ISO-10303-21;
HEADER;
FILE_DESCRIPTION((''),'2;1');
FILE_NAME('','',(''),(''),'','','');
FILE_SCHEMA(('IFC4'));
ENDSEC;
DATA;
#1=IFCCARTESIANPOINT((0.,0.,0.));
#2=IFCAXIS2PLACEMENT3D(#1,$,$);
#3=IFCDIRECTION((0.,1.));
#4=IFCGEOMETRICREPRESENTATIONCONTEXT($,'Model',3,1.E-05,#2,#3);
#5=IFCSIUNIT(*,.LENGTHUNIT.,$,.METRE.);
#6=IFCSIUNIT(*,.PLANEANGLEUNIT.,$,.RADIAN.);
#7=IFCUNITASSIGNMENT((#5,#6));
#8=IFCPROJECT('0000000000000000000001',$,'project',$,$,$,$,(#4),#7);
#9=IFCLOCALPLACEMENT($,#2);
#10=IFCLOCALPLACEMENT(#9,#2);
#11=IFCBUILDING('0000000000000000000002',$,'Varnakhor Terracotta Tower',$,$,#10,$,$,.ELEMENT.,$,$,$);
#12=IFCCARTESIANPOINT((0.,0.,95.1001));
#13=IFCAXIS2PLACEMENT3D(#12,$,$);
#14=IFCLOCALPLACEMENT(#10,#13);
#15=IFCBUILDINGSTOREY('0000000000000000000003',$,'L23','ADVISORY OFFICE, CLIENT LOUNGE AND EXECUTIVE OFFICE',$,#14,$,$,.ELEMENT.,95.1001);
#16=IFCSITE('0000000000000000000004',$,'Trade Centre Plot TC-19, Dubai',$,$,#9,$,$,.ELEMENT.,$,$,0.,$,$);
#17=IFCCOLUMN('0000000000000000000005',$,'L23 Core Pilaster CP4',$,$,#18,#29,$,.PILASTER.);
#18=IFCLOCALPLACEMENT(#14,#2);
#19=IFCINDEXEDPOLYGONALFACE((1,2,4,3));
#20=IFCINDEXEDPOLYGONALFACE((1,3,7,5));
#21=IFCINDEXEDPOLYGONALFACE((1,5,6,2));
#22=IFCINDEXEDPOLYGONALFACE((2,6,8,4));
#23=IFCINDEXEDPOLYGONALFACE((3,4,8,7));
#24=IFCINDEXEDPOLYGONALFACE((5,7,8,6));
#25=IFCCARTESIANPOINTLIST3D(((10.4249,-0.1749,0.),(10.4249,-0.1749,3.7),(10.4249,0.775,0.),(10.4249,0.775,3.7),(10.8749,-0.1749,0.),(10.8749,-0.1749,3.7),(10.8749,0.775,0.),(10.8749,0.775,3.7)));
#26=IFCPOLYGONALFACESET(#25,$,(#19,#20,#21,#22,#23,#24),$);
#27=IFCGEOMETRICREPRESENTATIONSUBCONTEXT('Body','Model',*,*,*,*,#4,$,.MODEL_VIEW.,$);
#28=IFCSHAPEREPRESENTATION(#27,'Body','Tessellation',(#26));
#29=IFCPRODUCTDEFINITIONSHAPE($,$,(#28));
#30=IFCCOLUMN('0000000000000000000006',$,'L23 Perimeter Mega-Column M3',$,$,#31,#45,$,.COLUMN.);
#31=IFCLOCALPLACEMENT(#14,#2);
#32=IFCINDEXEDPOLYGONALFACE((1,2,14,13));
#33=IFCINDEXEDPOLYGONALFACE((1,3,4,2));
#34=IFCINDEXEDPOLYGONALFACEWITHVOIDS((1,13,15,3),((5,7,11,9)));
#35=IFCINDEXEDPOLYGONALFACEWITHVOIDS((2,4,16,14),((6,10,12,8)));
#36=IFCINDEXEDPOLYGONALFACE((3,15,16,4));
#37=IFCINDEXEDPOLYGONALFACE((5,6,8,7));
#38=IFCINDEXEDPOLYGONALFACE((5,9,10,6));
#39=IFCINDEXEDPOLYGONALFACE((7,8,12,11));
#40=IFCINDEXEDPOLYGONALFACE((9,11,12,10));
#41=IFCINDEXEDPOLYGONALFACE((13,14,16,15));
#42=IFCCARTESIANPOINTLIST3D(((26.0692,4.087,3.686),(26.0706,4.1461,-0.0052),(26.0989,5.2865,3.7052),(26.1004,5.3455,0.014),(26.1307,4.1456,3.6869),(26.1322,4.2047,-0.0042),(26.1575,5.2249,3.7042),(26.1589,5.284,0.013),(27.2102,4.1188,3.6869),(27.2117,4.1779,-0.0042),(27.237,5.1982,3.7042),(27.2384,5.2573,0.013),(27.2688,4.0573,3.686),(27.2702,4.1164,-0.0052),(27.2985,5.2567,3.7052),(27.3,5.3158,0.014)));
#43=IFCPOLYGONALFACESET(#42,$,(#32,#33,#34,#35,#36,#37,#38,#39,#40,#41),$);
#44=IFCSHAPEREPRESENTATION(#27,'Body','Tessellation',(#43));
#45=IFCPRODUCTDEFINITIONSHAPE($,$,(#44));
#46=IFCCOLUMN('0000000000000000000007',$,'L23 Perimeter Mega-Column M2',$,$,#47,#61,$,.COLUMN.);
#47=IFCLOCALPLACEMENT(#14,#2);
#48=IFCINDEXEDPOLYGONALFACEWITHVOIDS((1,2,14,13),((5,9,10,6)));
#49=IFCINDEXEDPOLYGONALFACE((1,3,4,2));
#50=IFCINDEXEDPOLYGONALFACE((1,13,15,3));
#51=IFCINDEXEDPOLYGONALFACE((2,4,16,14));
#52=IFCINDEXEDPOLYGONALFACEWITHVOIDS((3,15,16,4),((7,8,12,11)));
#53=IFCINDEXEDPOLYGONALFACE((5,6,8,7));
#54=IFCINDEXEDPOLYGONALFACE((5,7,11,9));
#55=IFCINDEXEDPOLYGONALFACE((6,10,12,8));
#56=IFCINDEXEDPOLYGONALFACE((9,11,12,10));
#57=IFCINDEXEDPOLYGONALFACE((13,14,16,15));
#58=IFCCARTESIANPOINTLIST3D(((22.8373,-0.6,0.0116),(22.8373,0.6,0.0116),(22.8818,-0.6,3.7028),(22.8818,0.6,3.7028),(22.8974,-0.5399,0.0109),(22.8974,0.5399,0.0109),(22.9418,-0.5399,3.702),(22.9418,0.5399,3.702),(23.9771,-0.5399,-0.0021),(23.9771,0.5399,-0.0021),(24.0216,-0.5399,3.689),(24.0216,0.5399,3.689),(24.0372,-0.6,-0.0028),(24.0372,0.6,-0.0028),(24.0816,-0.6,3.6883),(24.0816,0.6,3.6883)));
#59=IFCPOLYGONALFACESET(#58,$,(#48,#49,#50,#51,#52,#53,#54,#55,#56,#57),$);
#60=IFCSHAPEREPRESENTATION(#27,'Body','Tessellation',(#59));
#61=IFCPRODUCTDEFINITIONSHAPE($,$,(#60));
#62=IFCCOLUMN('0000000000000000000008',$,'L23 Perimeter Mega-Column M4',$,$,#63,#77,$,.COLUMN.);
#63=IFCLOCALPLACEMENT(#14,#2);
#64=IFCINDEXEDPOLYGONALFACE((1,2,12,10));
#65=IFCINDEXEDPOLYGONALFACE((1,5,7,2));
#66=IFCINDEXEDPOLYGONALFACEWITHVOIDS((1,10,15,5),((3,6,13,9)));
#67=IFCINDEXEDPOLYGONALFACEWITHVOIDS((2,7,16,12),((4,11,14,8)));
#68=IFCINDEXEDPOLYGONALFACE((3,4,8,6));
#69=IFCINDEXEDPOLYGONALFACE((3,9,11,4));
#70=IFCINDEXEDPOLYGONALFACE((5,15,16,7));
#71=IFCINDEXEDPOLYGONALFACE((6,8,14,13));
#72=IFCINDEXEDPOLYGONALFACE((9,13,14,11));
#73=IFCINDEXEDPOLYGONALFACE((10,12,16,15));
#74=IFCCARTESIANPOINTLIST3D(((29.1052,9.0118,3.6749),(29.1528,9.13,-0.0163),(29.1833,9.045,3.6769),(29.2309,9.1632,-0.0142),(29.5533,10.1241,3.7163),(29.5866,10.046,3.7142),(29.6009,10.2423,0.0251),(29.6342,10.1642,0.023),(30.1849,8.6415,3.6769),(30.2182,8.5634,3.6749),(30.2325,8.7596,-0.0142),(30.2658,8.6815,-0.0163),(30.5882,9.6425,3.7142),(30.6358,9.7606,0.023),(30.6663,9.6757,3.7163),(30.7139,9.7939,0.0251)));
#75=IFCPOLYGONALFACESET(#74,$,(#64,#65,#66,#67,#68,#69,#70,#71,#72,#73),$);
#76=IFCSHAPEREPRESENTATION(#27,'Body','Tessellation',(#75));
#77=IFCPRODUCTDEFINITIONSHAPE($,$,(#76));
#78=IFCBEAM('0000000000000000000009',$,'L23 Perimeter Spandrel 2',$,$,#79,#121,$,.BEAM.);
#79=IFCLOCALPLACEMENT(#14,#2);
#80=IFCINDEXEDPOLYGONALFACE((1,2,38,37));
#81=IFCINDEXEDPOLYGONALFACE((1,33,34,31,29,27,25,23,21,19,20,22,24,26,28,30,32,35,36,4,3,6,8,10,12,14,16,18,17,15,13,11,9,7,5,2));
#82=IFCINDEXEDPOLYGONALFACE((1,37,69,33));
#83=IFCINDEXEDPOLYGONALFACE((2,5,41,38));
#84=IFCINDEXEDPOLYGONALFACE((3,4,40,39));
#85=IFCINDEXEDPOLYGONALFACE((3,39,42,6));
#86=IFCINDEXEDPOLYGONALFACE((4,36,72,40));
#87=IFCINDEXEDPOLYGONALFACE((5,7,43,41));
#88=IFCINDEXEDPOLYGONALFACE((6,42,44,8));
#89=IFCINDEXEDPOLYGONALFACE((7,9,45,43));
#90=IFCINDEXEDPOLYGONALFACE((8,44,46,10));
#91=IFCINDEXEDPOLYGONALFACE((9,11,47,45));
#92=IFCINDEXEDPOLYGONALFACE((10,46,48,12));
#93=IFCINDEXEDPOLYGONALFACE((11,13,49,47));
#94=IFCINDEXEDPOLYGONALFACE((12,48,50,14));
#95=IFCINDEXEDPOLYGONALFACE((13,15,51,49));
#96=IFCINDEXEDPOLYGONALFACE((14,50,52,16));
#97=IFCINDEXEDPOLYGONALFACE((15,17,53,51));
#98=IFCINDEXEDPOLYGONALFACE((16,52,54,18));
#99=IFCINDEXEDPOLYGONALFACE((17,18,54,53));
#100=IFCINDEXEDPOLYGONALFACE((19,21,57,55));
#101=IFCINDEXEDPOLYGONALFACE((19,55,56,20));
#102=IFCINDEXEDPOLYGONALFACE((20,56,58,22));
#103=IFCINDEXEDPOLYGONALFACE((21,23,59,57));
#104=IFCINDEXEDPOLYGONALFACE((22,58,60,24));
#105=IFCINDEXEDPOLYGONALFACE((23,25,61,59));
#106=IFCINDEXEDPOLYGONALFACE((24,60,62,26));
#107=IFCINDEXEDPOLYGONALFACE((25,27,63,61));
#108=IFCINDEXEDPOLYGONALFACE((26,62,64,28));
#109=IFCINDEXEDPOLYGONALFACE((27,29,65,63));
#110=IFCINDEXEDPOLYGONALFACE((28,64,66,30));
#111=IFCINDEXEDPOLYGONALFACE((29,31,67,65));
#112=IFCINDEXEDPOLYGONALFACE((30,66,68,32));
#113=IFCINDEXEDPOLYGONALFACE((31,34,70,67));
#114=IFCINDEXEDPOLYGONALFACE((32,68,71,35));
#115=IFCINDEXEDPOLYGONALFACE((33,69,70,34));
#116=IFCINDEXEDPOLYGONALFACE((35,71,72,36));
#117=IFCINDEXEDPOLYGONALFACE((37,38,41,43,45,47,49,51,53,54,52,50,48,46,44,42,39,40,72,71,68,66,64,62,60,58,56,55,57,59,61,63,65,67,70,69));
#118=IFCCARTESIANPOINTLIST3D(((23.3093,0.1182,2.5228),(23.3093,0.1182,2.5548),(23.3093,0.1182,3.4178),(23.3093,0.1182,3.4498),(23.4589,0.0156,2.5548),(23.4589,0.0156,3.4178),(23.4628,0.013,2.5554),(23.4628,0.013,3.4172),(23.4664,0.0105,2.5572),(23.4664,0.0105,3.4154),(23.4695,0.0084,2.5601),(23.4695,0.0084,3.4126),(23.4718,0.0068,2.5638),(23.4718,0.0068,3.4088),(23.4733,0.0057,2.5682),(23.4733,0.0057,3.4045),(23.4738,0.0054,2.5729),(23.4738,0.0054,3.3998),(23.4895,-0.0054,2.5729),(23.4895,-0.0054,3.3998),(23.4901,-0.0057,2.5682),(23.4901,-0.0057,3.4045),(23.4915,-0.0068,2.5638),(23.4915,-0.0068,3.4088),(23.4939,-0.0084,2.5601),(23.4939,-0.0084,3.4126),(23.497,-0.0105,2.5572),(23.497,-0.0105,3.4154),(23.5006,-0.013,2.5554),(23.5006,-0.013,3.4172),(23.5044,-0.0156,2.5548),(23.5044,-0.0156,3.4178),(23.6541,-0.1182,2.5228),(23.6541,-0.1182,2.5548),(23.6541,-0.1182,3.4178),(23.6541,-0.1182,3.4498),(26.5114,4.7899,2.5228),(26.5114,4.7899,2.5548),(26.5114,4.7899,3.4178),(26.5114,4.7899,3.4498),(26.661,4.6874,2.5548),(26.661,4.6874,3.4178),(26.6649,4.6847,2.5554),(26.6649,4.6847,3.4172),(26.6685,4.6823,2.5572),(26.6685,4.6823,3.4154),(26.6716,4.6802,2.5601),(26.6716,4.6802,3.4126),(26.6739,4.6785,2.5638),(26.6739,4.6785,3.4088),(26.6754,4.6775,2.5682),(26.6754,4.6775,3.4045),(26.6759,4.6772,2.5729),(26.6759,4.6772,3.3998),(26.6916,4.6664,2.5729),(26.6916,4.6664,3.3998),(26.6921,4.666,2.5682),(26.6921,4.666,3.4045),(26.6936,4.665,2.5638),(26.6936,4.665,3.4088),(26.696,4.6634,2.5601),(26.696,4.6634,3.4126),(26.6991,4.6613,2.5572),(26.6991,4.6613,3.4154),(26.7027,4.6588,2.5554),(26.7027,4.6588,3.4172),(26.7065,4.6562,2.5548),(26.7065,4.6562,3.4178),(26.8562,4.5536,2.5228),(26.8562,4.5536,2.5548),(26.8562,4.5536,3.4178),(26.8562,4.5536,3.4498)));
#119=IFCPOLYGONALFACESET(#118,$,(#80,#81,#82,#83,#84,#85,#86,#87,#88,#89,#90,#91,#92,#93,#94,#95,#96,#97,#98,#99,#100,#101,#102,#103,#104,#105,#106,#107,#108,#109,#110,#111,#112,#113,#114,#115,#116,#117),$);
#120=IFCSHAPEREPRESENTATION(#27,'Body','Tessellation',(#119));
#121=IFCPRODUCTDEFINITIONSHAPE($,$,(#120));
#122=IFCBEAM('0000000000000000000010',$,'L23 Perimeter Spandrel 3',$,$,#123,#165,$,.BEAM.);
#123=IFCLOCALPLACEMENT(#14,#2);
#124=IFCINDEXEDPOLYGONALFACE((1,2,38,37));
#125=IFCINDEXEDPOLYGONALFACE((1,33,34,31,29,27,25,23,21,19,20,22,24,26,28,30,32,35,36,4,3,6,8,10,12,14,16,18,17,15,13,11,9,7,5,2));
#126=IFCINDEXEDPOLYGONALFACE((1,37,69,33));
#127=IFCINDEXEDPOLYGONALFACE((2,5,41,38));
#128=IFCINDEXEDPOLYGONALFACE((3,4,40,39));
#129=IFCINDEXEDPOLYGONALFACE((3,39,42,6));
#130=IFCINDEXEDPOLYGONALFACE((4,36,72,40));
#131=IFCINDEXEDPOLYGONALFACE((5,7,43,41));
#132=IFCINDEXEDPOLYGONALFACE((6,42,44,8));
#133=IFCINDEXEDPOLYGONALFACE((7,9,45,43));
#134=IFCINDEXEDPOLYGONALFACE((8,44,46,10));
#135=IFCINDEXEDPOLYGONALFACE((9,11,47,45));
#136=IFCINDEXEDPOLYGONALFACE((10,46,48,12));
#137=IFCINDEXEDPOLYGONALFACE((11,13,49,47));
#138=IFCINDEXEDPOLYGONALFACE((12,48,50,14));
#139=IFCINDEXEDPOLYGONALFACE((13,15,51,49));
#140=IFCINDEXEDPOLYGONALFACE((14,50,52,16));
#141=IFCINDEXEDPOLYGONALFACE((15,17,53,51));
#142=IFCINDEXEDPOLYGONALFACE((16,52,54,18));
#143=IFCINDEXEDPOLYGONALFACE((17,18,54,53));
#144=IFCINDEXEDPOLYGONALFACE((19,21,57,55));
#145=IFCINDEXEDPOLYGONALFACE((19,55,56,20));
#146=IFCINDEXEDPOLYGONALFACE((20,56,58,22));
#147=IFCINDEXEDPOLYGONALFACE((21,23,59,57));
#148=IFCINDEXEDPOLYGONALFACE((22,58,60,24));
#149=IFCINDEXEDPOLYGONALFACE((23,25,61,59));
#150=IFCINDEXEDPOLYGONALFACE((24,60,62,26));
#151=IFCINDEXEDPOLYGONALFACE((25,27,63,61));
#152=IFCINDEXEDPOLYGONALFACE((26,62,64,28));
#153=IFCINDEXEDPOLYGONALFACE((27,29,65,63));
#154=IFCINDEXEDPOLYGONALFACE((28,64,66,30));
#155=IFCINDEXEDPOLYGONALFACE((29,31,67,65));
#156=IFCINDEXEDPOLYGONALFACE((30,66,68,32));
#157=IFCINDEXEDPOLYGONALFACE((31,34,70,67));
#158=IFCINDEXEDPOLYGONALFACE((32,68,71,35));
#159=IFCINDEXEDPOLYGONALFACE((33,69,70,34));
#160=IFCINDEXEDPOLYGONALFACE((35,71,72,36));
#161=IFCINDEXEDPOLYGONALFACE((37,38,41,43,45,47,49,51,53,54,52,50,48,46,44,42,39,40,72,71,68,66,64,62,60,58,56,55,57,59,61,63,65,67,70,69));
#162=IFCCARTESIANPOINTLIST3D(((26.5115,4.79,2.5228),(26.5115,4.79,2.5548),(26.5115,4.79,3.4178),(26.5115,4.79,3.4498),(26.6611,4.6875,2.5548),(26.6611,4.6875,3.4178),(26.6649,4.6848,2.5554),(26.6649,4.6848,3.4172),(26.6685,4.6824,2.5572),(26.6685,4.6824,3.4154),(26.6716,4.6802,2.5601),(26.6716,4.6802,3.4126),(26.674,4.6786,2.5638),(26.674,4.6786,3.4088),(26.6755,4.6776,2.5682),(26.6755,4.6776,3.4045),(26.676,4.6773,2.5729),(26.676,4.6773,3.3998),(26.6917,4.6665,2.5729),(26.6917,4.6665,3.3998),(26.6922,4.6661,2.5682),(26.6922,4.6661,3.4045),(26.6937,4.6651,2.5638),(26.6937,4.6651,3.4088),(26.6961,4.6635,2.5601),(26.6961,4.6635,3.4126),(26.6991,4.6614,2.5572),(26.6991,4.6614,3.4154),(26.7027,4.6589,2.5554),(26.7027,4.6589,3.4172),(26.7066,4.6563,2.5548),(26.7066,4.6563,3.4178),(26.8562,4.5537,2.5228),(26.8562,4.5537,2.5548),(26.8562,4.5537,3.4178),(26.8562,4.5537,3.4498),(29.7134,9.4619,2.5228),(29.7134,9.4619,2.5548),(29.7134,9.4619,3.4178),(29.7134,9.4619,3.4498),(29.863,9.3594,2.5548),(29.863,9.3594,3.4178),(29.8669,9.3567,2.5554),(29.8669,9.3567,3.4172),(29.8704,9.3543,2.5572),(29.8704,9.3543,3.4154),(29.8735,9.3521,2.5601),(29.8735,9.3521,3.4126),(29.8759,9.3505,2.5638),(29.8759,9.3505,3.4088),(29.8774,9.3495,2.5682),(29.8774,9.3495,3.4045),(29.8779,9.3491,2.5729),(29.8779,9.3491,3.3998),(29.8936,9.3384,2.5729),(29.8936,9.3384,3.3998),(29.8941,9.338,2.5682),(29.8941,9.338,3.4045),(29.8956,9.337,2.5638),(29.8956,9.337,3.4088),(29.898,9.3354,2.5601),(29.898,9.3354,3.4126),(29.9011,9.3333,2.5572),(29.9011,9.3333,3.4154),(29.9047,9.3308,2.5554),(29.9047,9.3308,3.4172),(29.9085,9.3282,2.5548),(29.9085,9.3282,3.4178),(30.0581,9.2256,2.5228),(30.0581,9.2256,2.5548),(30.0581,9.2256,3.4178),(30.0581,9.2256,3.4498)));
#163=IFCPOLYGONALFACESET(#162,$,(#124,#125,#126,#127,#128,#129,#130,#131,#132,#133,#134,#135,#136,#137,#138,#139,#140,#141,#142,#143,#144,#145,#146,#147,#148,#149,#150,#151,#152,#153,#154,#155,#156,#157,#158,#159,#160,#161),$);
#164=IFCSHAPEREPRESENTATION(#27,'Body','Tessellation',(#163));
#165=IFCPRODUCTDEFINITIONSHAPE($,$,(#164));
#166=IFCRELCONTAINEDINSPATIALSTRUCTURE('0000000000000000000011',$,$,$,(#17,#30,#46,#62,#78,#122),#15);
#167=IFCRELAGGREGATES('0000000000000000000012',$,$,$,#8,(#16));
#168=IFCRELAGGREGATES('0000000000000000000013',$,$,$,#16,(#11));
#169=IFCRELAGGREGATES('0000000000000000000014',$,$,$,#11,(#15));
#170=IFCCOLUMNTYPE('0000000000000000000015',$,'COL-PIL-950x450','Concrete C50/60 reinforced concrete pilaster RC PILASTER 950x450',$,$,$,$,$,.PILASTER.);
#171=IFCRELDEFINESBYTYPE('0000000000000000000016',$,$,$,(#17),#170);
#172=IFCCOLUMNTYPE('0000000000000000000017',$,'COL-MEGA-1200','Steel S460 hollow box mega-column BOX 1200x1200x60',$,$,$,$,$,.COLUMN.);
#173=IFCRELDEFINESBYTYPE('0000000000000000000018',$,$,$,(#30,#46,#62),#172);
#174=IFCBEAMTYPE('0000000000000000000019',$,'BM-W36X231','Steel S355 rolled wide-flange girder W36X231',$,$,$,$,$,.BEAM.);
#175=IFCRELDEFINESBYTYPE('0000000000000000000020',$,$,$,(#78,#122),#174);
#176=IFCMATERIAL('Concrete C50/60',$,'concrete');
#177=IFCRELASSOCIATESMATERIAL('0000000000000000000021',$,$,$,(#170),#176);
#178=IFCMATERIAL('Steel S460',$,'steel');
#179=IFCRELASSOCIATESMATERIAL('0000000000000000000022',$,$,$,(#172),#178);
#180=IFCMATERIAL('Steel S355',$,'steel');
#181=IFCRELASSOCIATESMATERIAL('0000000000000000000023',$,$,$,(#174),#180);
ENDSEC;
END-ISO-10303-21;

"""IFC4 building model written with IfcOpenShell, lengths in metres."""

from ifc_helpers import new_model, si_unit, direction, frame, origin, origin_2d, place, context, subcontext, project, spatial, rectangle, hollow_rectangle, i_section, extrude, source, transform, mapped, material, material_profile, profile_set, type_object, type_shapes, element, save


model = new_model("IFC4")

# Units and contexts
model_context = context("Model", 3, precision=1e-05, world=origin(), true_north=direction((0.0, 1.0)))
body_context = subcontext(model_context, "Body", "Model", "MODEL_VIEW")
ifc_project = project(units=[si_unit("LENGTHUNIT", "METRE"), si_unit("PLANEANGLEUNIT", "RADIAN")], contexts=[model_context])

# Site, building, storey
site_placement = place(None, origin())
site = spatial("IfcSite", under=ifc_project, at=site_placement, Name="Trade Centre Plot TC-19, Dubai", CompositionType="ELEMENT", RefElevation=0.0)
building_placement = place(site_placement, origin())
building = spatial("IfcBuilding", under=site, at=building_placement, Name="Varnakhor Terracotta Tower", CompositionType="ELEMENT")
storey_placement = place(building_placement, frame((0.0, 0.0, 95.1001)))
storey = spatial("IfcBuildingStorey", under=building, at=storey_placement, Name="L23", Description="ADVISORY OFFICE, CLIENT LOUNGE AND EXECUTIVE OFFICE", CompositionType="ELEMENT", Elevation=95.1001)

# Columns
ifc_material_1 = material(Name="Concrete C50/60", Category="concrete")
ifc_material_profile_1 = material_profile(ifc_material_1, rectangle(XDim=0.45, YDim=0.95, at=origin_2d()), Name="RC PILASTER 950x450")
ifc_profile_set_1 = profile_set([ifc_material_profile_1], Name="Concrete C50/60")
column_type_1 = type_object("IfcColumnType", Name="COL-PIL-950x450", Description="Concrete C50/60 reinforced concrete pilaster RC PILASTER 950x450", PredefinedType="PILASTER", material=ifc_profile_set_1)
shared_shape_1 = source(origin(), body_context, "Body", "SweptSolid", [
    extrude(rectangle(XDim=0.45, YDim=0.95, at=origin_2d()), origin(), (0.0, 0.0, 1.0), 3.7),
])
column_1_placement = place(storey_placement, frame((10.6499, 0.3, 0.0), z_axis=(0.0, 0.0, 1.0), x_axis=(1.0, 0.0, 0.0)))
element("IfcColumn", 1, at=column_1_placement, inside=storey, type_object=column_type_1, Name="L23 Core Pilaster CP4", PredefinedType="PILASTER", context=body_context, shape_type="MappedRepresentation", body=[
    mapped(shared_shape_1, transform((0.0, 0.0, 0.0), scale=1.0)),
])
ifc_material_2 = material(Name="Steel S460", Category="steel")
ifc_material_profile_2 = material_profile(ifc_material_2, hollow_rectangle(XDim=1.2, YDim=1.2, WallThickness=0.0601, at=origin_2d()), Name="BOX 1200x1200x60")
ifc_profile_set_2 = profile_set([ifc_material_profile_2], Name="Steel S460")
column_type_2 = type_object("IfcColumnType", Name="COL-MEGA-1200", Description="Steel S460 hollow box mega-column BOX 1200x1200x60", PredefinedType="COLUMN", material=ifc_profile_set_2)
shared_shape_2 = source(origin(), body_context, "Body", "SweptSolid", [
    extrude(hollow_rectangle(XDim=1.2, YDim=1.2, WallThickness=0.0601, at=origin_2d()), origin(), (0.0, 0.0, 1.0), 3.6917),
])
type_shapes(column_type_2, [shared_shape_2])
column_2_placement = place(storey_placement, frame((26.6853, 4.731, 0.0044), z_axis=(-0.000397, -0.016004, 0.999872), x_axis=(0.999693, -0.024786, 0.0)))
element("IfcColumn", 2, at=column_2_placement, inside=storey, type_object=column_type_2, Name="L23 Perimeter Mega-Column M3", PredefinedType="COLUMN", context=body_context, shape_type="MappedRepresentation", body=[
    mapped(shared_shape_2, transform((0.0, 0.0, 0.0), scale=1.0)),
])
shared_shape_3 = source(origin(), body_context, "Body", "SweptSolid", [
    extrude(hollow_rectangle(XDim=1.2, YDim=1.2, WallThickness=0.0601, at=origin_2d()), origin(), (0.0, 0.0, 1.0), 3.6914),
])
column_3_placement = place(storey_placement, frame((23.4373, 0.0, 0.0044), z_axis=(0.012037, 0.0, 0.999928), x_axis=(0.0, 1.0, 0.0)))
element("IfcColumn", 3, at=column_3_placement, inside=storey, type_object=column_type_2, Name="L23 Perimeter Mega-Column M2", PredefinedType="COLUMN", context=body_context, shape_type="MappedRepresentation", body=[
    mapped(shared_shape_3, transform((0.0, 0.0, 0.0), scale=1.0)),
])
shared_shape_4 = source(origin(), body_context, "Body", "SweptSolid", [
    extrude(hollow_rectangle(XDim=1.2, YDim=1.2, WallThickness=0.0601, at=origin_2d()), origin(), (0.0, 0.0, 1.0), 3.6934),
])
column_4_placement = place(storey_placement, frame((29.9333, 9.4619, 0.0044), z_axis=(-0.01289, -0.031994, 0.999405), x_axis=(0.927549, -0.373702, 0.0)))
element("IfcColumn", 4, at=column_4_placement, inside=storey, type_object=column_type_2, Name="L23 Perimeter Mega-Column M4", PredefinedType="COLUMN", context=body_context, shape_type="MappedRepresentation", body=[
    mapped(shared_shape_4, transform((0.0, 0.0, 0.0), scale=1.0)),
])

# Beams
ifc_material_3 = material(Name="Steel S355", Category="steel")
ifc_material_profile_3 = material_profile(ifc_material_3, i_section(OverallWidth=0.418, OverallDepth=0.927, WebThickness=0.019, FlangeThickness=0.032, FilletRadius=0.0181, at=origin_2d()), Name="W36X231")
ifc_profile_set_3 = profile_set([ifc_material_profile_3], Name="Steel S355")
beam_type_1 = type_object("IfcBeamType", Name="BM-W36X231", Description="Steel S355 rolled wide-flange girder W36X231", PredefinedType="BEAM", material=ifc_profile_set_3)
shared_shape_5 = source(origin(), body_context, "Body", "SweptSolid", [
    extrude(i_section(OverallWidth=0.418, OverallDepth=0.927, WebThickness=0.019, FlangeThickness=0.032, FilletRadius=0.0181, at=origin_2d()), origin(), (0.0, 0.0, 1.0), 5.6638),
])
for number, where, z_axis, x_axis, name in (
    (5, (23.4817, 0.0, 2.9863), (0.565357, 0.824846, 0.0), (-0.824846, 0.565357, 0.0), "L23 Perimeter Spandrel 2"),
    (6, (26.6838, 4.6719, 2.9863), (0.565328, 0.824866, 0.0), (-0.824866, 0.565328, 0.0), "L23 Perimeter Spandrel 3"),
):
    element("IfcBeam", number, at=place(storey_placement, frame(where, z_axis=z_axis, x_axis=x_axis)), inside=storey, type_object=beam_type_1, Name=name, PredefinedType="BEAM", context=body_context, shape_type="MappedRepresentation", body=[
        mapped(shared_shape_5, transform((0.0, 0.0, 0.0), scale=1.0)),
    ])

save(model, "model.ifc")
